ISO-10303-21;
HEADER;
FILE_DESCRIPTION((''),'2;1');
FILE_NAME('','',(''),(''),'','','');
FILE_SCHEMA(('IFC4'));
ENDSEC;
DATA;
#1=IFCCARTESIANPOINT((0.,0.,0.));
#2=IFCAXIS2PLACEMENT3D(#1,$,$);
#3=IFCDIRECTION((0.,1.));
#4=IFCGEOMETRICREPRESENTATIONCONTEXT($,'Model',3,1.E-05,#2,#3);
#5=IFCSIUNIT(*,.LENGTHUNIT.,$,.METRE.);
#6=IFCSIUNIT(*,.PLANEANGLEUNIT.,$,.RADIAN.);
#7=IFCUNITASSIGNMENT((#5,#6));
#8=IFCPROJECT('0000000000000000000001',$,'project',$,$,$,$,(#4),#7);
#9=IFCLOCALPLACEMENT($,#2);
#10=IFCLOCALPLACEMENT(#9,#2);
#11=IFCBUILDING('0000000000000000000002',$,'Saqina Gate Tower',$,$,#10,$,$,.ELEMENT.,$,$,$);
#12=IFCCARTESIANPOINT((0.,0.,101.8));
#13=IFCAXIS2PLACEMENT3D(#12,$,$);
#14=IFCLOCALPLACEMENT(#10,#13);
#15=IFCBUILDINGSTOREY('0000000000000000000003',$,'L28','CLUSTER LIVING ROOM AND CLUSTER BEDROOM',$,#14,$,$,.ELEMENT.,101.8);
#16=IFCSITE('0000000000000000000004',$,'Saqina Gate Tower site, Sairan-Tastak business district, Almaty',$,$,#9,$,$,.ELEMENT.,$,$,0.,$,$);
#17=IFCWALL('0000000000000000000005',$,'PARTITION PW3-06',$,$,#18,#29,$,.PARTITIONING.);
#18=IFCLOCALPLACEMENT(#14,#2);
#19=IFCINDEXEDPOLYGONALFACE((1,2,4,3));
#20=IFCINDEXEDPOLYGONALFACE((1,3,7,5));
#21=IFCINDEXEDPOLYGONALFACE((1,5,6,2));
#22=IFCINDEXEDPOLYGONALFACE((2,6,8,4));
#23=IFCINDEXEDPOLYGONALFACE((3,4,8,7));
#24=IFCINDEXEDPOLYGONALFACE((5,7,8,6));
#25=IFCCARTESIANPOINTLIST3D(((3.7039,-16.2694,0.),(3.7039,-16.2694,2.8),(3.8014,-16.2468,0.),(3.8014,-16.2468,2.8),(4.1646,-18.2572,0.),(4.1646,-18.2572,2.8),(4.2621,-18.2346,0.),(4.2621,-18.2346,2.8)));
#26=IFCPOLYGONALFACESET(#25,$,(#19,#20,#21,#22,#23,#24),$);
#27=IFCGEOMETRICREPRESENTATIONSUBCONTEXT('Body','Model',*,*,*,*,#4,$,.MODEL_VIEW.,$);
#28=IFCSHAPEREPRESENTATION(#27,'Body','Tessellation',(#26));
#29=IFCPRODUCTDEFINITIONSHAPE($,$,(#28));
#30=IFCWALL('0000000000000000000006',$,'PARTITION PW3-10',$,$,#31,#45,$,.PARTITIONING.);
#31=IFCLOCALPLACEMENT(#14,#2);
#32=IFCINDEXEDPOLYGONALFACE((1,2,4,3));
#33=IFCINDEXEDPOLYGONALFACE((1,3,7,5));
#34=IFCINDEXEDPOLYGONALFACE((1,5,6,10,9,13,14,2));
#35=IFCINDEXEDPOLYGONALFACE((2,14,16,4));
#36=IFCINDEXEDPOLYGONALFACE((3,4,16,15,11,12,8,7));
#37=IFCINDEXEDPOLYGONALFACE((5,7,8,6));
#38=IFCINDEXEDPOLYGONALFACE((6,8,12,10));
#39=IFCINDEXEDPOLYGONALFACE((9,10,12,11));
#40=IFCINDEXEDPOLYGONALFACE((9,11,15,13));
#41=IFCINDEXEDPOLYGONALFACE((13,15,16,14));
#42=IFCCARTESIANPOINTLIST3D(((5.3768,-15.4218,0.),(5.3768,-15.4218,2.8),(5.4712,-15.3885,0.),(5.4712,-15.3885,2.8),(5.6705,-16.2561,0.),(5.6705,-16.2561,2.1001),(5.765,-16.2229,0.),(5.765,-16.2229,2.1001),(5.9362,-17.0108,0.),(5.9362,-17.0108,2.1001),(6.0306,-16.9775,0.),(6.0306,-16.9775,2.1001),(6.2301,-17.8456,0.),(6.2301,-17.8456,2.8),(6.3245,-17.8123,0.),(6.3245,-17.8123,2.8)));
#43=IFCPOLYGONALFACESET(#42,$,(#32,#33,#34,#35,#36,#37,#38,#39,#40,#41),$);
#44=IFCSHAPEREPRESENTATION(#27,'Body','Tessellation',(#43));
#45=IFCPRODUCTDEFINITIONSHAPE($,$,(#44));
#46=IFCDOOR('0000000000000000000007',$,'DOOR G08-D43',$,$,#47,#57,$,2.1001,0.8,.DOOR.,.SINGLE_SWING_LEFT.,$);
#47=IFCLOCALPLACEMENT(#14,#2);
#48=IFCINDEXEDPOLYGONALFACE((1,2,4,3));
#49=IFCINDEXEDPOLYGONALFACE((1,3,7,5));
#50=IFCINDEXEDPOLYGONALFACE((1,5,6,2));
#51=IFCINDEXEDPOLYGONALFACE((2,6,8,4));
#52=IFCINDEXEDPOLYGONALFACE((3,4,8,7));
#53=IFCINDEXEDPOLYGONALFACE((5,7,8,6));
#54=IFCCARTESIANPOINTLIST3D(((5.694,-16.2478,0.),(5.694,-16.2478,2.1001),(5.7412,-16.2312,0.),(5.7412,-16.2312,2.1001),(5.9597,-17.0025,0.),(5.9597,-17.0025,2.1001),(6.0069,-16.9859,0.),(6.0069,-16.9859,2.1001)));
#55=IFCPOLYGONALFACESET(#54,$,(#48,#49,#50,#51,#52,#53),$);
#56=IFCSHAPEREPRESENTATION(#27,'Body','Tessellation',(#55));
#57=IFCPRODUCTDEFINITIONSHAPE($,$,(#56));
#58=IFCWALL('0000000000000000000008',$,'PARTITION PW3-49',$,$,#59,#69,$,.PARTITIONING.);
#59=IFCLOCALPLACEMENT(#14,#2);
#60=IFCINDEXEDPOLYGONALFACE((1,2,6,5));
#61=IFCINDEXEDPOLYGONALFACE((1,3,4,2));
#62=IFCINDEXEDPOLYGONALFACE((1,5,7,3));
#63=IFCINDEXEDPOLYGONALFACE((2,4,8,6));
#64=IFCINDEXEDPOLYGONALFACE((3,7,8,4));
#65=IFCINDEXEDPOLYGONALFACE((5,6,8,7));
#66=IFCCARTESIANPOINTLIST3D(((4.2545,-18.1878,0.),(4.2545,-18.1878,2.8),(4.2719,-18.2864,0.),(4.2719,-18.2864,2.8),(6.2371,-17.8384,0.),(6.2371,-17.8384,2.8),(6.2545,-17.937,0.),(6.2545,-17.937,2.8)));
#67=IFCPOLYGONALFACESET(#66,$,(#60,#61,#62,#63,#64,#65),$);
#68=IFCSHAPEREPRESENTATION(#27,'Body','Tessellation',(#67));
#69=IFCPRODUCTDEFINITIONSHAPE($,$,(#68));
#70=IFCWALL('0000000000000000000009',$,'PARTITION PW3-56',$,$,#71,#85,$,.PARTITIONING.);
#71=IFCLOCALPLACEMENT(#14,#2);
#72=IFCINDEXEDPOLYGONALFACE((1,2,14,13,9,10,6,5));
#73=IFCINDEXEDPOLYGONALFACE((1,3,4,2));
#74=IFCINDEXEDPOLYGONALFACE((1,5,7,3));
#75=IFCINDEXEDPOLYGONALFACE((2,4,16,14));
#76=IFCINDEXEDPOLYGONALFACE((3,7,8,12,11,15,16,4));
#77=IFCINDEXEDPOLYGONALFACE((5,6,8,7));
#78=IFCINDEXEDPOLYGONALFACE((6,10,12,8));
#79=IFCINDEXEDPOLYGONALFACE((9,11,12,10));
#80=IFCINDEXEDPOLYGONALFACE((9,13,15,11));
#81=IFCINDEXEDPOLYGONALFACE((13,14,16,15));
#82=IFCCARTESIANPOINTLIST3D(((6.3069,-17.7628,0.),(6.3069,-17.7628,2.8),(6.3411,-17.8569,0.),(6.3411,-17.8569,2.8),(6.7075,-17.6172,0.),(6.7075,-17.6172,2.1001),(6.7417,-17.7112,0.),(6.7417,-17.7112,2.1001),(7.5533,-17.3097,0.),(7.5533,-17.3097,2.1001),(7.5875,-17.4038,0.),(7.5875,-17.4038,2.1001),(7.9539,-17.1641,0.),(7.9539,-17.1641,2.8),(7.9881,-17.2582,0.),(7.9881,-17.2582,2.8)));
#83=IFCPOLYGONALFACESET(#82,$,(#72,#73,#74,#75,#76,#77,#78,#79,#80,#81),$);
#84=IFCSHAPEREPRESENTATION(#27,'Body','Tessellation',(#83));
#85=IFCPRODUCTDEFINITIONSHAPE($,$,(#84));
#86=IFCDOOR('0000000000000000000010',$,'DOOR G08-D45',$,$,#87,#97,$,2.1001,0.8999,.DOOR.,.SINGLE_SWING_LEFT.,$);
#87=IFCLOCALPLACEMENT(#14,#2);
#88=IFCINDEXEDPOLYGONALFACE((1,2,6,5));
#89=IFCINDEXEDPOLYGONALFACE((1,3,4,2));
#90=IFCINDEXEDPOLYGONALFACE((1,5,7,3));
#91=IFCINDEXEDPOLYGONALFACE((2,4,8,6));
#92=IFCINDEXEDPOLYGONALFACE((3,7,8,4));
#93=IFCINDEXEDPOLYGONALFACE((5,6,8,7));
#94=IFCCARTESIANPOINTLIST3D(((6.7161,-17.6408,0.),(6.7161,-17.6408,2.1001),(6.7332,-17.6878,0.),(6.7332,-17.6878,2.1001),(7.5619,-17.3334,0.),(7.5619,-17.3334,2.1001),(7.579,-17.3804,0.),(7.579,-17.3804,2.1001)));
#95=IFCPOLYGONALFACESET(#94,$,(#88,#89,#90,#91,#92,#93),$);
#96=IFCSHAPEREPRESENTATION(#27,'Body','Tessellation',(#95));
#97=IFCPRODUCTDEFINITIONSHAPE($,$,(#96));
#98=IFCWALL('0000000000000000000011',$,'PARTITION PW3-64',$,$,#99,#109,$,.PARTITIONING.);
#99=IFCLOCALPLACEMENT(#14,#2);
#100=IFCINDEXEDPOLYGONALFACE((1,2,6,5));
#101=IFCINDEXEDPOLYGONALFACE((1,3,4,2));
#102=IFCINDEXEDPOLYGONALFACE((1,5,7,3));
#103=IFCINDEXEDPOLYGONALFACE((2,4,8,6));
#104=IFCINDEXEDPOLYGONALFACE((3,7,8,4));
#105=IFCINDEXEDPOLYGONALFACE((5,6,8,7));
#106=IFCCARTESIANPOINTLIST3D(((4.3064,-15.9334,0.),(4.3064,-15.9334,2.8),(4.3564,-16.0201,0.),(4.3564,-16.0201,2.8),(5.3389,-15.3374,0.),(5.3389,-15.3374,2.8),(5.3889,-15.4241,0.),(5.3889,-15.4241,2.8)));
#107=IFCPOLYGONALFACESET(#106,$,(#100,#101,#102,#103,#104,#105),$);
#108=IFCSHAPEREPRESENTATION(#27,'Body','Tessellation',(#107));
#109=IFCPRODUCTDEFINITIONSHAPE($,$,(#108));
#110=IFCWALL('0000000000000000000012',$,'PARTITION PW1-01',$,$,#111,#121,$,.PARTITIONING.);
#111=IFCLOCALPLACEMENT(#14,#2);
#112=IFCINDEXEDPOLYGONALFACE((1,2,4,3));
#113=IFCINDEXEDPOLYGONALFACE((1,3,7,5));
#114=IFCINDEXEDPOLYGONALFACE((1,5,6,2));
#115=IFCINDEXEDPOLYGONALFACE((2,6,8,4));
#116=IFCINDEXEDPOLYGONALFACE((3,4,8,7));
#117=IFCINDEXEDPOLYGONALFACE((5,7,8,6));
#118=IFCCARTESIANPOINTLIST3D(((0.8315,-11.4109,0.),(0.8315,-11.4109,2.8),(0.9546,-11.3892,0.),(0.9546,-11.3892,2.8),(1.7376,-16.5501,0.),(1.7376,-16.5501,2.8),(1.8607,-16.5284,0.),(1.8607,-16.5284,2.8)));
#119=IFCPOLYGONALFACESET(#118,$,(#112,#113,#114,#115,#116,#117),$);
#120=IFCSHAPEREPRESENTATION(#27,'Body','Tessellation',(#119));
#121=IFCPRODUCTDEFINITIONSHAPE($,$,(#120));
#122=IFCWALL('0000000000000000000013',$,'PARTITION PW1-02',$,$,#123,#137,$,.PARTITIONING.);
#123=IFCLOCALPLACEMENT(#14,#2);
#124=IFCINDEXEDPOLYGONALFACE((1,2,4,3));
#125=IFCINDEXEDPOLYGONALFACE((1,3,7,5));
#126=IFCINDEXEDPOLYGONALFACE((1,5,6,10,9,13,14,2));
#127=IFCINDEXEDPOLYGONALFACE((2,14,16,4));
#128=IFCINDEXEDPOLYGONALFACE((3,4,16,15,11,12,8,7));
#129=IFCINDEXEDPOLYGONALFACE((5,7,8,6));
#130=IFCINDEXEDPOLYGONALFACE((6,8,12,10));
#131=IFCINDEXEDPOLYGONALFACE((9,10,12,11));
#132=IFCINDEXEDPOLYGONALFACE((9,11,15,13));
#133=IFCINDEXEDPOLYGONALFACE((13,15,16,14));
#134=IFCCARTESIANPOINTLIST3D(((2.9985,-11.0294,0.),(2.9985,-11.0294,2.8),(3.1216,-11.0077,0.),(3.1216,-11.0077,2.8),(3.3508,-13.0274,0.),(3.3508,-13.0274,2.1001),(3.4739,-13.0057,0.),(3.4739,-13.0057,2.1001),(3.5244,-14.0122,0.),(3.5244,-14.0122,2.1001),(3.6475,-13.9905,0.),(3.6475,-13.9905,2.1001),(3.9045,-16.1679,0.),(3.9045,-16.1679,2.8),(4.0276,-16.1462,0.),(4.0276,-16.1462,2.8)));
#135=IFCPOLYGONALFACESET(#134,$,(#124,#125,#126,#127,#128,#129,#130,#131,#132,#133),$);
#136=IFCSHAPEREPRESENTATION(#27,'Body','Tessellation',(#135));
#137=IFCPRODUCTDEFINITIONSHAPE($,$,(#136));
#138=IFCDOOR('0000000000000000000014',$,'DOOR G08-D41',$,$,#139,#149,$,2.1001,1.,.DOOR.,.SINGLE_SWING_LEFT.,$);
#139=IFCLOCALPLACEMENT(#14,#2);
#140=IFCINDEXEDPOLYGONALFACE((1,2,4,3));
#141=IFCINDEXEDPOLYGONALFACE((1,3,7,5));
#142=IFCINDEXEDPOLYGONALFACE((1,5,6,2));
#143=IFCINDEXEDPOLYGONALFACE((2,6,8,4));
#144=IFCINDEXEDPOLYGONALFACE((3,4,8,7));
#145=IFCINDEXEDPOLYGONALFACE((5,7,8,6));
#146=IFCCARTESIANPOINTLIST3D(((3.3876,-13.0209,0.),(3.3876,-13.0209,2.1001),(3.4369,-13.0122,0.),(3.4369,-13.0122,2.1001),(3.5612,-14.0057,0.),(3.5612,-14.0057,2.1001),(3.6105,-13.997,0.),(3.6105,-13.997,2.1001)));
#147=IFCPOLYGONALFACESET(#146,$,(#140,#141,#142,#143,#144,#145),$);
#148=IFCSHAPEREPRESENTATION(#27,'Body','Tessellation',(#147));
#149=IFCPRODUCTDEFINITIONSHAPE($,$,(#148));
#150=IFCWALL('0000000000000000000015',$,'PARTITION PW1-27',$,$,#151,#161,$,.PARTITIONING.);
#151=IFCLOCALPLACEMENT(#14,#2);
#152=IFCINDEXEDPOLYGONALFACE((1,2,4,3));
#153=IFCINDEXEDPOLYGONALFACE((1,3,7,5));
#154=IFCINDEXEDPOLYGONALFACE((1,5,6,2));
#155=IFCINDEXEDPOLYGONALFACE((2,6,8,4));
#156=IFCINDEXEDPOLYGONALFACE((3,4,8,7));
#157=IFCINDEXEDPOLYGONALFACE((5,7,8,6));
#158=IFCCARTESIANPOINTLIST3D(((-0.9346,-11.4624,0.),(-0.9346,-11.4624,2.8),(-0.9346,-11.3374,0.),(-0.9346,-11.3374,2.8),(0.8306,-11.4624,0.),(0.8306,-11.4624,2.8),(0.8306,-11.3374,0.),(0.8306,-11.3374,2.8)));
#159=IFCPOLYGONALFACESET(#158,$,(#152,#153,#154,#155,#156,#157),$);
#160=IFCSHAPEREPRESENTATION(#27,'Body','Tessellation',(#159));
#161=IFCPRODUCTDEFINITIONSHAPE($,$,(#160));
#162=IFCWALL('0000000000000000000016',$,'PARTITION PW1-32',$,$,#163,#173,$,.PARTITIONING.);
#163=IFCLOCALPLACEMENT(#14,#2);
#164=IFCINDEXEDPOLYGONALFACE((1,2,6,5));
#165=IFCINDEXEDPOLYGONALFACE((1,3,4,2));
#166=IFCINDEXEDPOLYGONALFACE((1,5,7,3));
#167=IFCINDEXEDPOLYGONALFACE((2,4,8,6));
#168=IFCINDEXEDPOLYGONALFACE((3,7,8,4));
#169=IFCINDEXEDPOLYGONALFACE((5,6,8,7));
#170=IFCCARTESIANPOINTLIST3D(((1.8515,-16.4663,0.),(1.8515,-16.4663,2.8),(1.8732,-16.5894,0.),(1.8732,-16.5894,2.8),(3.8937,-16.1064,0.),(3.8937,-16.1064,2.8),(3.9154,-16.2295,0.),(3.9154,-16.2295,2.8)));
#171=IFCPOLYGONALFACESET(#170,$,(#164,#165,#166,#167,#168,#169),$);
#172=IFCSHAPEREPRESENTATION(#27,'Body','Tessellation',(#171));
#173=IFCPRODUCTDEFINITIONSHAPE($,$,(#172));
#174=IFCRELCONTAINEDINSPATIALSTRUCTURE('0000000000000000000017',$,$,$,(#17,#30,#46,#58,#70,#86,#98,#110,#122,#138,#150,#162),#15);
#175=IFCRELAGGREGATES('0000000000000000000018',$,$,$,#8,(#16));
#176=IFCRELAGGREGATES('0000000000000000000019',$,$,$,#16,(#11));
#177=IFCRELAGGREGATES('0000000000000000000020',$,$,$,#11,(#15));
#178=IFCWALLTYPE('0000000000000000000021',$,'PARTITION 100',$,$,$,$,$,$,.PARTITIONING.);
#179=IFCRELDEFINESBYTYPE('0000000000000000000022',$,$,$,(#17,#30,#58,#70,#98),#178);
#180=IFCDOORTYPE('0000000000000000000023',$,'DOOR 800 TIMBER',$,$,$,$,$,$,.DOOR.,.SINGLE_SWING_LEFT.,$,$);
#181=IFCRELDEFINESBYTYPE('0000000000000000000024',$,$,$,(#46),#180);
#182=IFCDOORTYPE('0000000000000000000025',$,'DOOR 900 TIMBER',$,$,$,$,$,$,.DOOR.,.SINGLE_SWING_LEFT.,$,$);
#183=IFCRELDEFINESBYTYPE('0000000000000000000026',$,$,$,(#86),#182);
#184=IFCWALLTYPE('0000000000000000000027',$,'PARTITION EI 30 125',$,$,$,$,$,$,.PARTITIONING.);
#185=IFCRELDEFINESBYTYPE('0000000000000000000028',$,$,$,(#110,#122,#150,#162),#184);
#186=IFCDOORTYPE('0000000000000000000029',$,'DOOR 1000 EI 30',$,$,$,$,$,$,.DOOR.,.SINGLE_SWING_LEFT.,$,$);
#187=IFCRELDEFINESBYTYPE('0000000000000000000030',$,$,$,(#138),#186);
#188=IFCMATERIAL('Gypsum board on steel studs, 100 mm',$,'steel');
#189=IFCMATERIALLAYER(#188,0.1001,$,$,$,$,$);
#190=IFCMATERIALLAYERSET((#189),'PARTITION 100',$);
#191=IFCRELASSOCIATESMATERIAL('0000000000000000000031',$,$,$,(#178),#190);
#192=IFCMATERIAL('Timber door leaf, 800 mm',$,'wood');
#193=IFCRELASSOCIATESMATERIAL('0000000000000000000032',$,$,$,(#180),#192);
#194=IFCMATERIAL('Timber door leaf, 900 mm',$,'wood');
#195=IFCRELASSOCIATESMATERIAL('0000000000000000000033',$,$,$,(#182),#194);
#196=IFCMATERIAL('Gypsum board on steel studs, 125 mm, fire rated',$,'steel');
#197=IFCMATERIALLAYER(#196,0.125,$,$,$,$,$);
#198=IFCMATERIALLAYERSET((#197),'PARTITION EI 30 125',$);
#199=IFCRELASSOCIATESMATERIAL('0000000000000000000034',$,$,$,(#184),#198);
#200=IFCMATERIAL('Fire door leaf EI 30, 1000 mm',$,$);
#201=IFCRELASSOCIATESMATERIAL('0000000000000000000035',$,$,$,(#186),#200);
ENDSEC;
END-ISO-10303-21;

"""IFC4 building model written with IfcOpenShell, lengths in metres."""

from ifc_helpers import new_model, si_unit, direction, frame, frame_2d, origin, place, context, subcontext, project, spatial, rectangle, extrude, material, layer, layer_set, type_object, element, fill, save


model = new_model("IFC4")

# Units and contexts
model_context = context("Model", 3, precision=1e-05, world=origin(), true_north=direction((0.0, 1.0)))
body_context = subcontext(model_context, "Body", "Model", "MODEL_VIEW")
ifc_project = project(units=[si_unit("LENGTHUNIT", "METRE"), si_unit("PLANEANGLEUNIT", "RADIAN")], contexts=[model_context])

# Site, building, storey
site_placement = place(None, origin())
site = spatial("IfcSite", under=ifc_project, at=site_placement, Name="Saqina Gate Tower site, Sairan-Tastak business district, Almaty", CompositionType="ELEMENT", RefElevation=0.0)
building_placement = place(site_placement, origin())
building = spatial("IfcBuilding", under=site, at=building_placement, Name="Saqina Gate Tower", CompositionType="ELEMENT")
storey_placement = place(building_placement, frame((0.0, 0.0, 101.8)))
storey = spatial("IfcBuildingStorey", under=building, at=storey_placement, Name="L28", Description="CLUSTER LIVING ROOM AND CLUSTER BEDROOM", CompositionType="ELEMENT", Elevation=101.8)

# Wall
ifc_material_1 = material(Name="Gypsum board on steel studs, 100 mm", Category="steel")
ifc_layer_1 = layer(ifc_material_1, 0.1001)
ifc_layer_set_1 = layer_set([ifc_layer_1], Name="PARTITION 100")
wall_type_1 = type_object("IfcWallType", Name="PARTITION 100", PredefinedType="PARTITIONING", material=ifc_layer_set_1)
wall_1_placement = place(storey_placement, frame((3.7527, -16.2581, 0.0), z_axis=(0.0, 0.0, 1.0), x_axis=(0.225777, -0.974179, 0.0)))
element("IfcWall", 1, at=wall_1_placement, inside=storey, type_object=wall_type_1, Name="PARTITION PW3-06", PredefinedType="PARTITIONING", context=body_context, shape_type="SweptSolid", body=[
    extrude(rectangle(XDim=2.0405, YDim=0.1001, at=frame_2d((1.0203, 0.0))), origin(), (0.0, 0.0, 1.0), 2.8),
])

# Wall, opening, door
wall_2_placement = place(storey_placement, frame((5.4241, -15.4053, 0.0), z_axis=(0.0, 0.0, 1.0), x_axis=(0.33206, -0.943258, 0.0)))
wall_2 = element("IfcWall", 2, at=wall_2_placement, inside=storey, type_object=wall_type_1, Name="PARTITION PW3-10", PredefinedType="PARTITIONING", context=body_context, shape_type="SweptSolid", body=[
    extrude(rectangle(XDim=2.5696, YDim=0.1001, at=frame_2d((1.2847, 0.0))), origin(), (0.0, 0.0, 1.0), 2.8),
])
opening_1_placement = place(wall_2_placement, frame((0.8845, 0.0, 0.0)))
opening_1 = element("IfcOpeningElement", 3, at=opening_1_placement, cuts=wall_2, PredefinedType="OPENING", context=body_context, shape_type="SweptSolid", body=[
    extrude(rectangle(XDim=0.8, YDim=2.1001, at=frame_2d((0.3999, 1.05))), frame((0.0, 0.062, 0.0), z_axis=(0.0, -1.0, 0.0), x_axis=(1.0, 0.0, 0.0)), (0.0, 0.0, 1.0), 0.124),
])
ifc_material_2 = material(Name="Timber door leaf, 800 mm", Category="wood")
door_type_1 = type_object("IfcDoorType", Name="DOOR 800 TIMBER", OperationType="SINGLE_SWING_LEFT", PredefinedType="DOOR", material=ifc_material_2)
door_1_placement = place(opening_1_placement, origin())
door_1 = element("IfcDoor", 4, at=door_1_placement, inside=storey, type_object=door_type_1, Name="DOOR G08-D43", OperationType="SINGLE_SWING_LEFT", OverallHeight=2.1001, OverallWidth=0.8, PredefinedType="DOOR", context=body_context, shape_type="SweptSolid", body=[
    extrude(rectangle(XDim=0.8, YDim=2.1001, at=frame_2d((0.3999, 1.05))), frame((0.0, 0.0249, 0.0), z_axis=(0.0, -1.0, 0.0), x_axis=(1.0, 0.0, 0.0)), (0.0, 0.0, 1.0), 0.05),
])
fill(opening_1, door_1)

# Wall
wall_3_placement = place(storey_placement, frame((4.2632, -18.2371, 0.0), z_axis=(0.0, 0.0, 1.0), x_axis=(0.984827, 0.173536, 0.0)))
element("IfcWall", 5, at=wall_3_placement, inside=storey, type_object=wall_type_1, Name="PARTITION PW3-49", PredefinedType="PARTITIONING", context=body_context, shape_type="SweptSolid", body=[
    extrude(rectangle(XDim=2.0132, YDim=0.1001, at=frame_2d((1.0066, 0.0))), origin(), (0.0, 0.0, 1.0), 2.8),
])

# Wall, opening, door
wall_4_placement = place(storey_placement, frame((6.324, -17.8098, 0.0), z_axis=(0.0, 0.0, 1.0), x_axis=(0.939842, 0.341609, 0.0)))
wall_4 = element("IfcWall", 6, at=wall_4_placement, inside=storey, type_object=wall_type_1, Name="PARTITION PW3-56", PredefinedType="PARTITIONING", context=body_context, shape_type="SweptSolid", body=[
    extrude(rectangle(XDim=1.7524, YDim=0.1001, at=frame_2d((0.8762, 0.0))), origin(), (0.0, 0.0, 1.0), 2.8),
])
opening_2_placement = place(wall_4_placement, frame((0.4263, 0.0, 0.0)))
opening_2 = element("IfcOpeningElement", 7, at=opening_2_placement, cuts=wall_4, PredefinedType="OPENING", context=body_context, shape_type="SweptSolid", body=[
    extrude(rectangle(XDim=0.8999, YDim=2.1001, at=frame_2d((0.45, 1.05))), frame((0.0, 0.062, 0.0), z_axis=(0.0, -1.0, 0.0), x_axis=(1.0, 0.0, 0.0)), (0.0, 0.0, 1.0), 0.124),
])
ifc_material_3 = material(Name="Timber door leaf, 900 mm", Category="wood")
door_type_2 = type_object("IfcDoorType", Name="DOOR 900 TIMBER", OperationType="SINGLE_SWING_LEFT", PredefinedType="DOOR", material=ifc_material_3)
door_2_placement = place(opening_2_placement, origin())
door_2 = element("IfcDoor", 8, at=door_2_placement, inside=storey, type_object=door_type_2, Name="DOOR G08-D45", OperationType="SINGLE_SWING_LEFT", OverallHeight=2.1001, OverallWidth=0.8999, PredefinedType="DOOR", context=body_context, shape_type="SweptSolid", body=[
    extrude(rectangle(XDim=0.8999, YDim=2.1001, at=frame_2d((0.45, 1.05))), frame((0.0, 0.0249, 0.0), z_axis=(0.0, -1.0, 0.0), x_axis=(1.0, 0.0, 0.0)), (0.0, 0.0, 1.0), 0.05),
])
fill(opening_2, door_2)

# Walls
wall_5_placement = place(storey_placement, frame((4.3313, -15.9768, 0.0), z_axis=(0.0, 0.0, 1.0), x_axis=(0.86608, 0.499906, 0.0)))
element("IfcWall", 9, at=wall_5_placement, inside=storey, type_object=wall_type_1, Name="PARTITION PW3-64", PredefinedType="PARTITIONING", context=body_context, shape_type="SweptSolid", body=[
    extrude(rectangle(XDim=1.1921, YDim=0.1001, at=frame_2d((0.5962, 0.0))), origin(), (0.0, 0.0, 1.0), 2.8),
])
ifc_material_4 = material(Name="Gypsum board on steel studs, 125 mm, fire rated", Category="steel")
ifc_layer_2 = layer(ifc_material_4, 0.125)
ifc_layer_set_2 = layer_set([ifc_layer_2], Name="PARTITION EI 30 125")
wall_type_2 = type_object("IfcWallType", Name="PARTITION EI 30 125", PredefinedType="PARTITIONING", material=ifc_layer_set_2)
wall_6_placement = place(storey_placement, frame((0.8931, -11.3999, 0.0), z_axis=(0.0, 0.0, 1.0), x_axis=(0.173617, -0.984813, 0.0)))
element("IfcWall", 10, at=wall_6_placement, inside=storey, type_object=wall_type_2, Name="PARTITION PW1-01", PredefinedType="PARTITIONING", context=body_context, shape_type="SweptSolid", body=[
    extrude(rectangle(XDim=5.2185, YDim=0.125, at=frame_2d((2.6094, 0.0))), origin(), (0.0, 0.0, 1.0), 2.8),
])

# Wall, opening, door
wall_7_placement = place(storey_placement, frame((3.0601, -11.0186, 0.0), z_axis=(0.0, 0.0, 1.0), x_axis=(0.173641, -0.984809, 0.0)))
wall_7 = element("IfcWall", 11, at=wall_7_placement, inside=storey, type_object=wall_type_2, Name="PARTITION PW1-02", PredefinedType="PARTITIONING", context=body_context, shape_type="SweptSolid", body=[
    extrude(rectangle(XDim=5.2178, YDim=0.125, at=frame_2d((2.6089, 0.0))), origin(), (0.0, 0.0, 1.0), 2.8),
])
opening_3_placement = place(wall_7_placement, frame((2.0288, 0.0, 0.0)))
opening_3 = element("IfcOpeningElement", 12, at=opening_3_placement, cuts=wall_7, PredefinedType="OPENING", context=body_context, shape_type="SweptSolid", body=[
    extrude(rectangle(XDim=1.0, YDim=2.1001, at=frame_2d((0.5, 1.05))), frame((0.0, 0.0745, 0.0), z_axis=(0.0, -1.0, 0.0), x_axis=(1.0, 0.0, 0.0)), (0.0, 0.0, 1.0), 0.1489),
])
ifc_material_5 = material(Name="Fire door leaf EI 30, 1000 mm")
door_type_3 = type_object("IfcDoorType", Name="DOOR 1000 EI 30", OperationType="SINGLE_SWING_LEFT", PredefinedType="DOOR", material=ifc_material_5)
door_3_placement = place(opening_3_placement, origin())
door_3 = element("IfcDoor", 13, at=door_3_placement, inside=storey, type_object=door_type_3, Name="DOOR G08-D41", OperationType="SINGLE_SWING_LEFT", OverallHeight=2.1001, OverallWidth=1.0, PredefinedType="DOOR", context=body_context, shape_type="SweptSolid", body=[
    extrude(rectangle(XDim=1.0, YDim=2.1001, at=frame_2d((0.5, 1.05))), frame((0.0, 0.0249, 0.0), z_axis=(0.0, -1.0, 0.0), x_axis=(1.0, 0.0, 0.0)), (0.0, 0.0, 1.0), 0.05),
])
fill(opening_3, door_3)

# Walls
wall_8_placement = place(storey_placement, frame((-0.9346, -11.3999, 0.0), z_axis=(0.0, 0.0, 1.0), x_axis=(1.0, 0.0, 0.0)))
element("IfcWall", 14, at=wall_8_placement, inside=storey, type_object=wall_type_2, Name="PARTITION PW1-27", PredefinedType="PARTITIONING", context=body_context, shape_type="SweptSolid", body=[
    extrude(rectangle(XDim=1.7651, YDim=0.125, at=frame_2d((0.8826, 0.0))), origin(), (0.0, 0.0, 1.0), 2.8),
])
wall_9_placement = place(storey_placement, frame((1.8623, -16.5278, 0.0), z_axis=(0.0, 0.0, 1.0), x_axis=(0.984827, 0.173537, 0.0)))
element("IfcWall", 15, at=wall_9_placement, inside=storey, type_object=wall_type_2, Name="PARTITION PW1-32", PredefinedType="PARTITIONING", context=body_context, shape_type="SweptSolid", body=[
    extrude(rectangle(XDim=2.0737, YDim=0.125, at=frame_2d((1.0369, 0.0))), origin(), (0.0, 0.0, 1.0), 2.8),
])

save(model, "model.ifc")
